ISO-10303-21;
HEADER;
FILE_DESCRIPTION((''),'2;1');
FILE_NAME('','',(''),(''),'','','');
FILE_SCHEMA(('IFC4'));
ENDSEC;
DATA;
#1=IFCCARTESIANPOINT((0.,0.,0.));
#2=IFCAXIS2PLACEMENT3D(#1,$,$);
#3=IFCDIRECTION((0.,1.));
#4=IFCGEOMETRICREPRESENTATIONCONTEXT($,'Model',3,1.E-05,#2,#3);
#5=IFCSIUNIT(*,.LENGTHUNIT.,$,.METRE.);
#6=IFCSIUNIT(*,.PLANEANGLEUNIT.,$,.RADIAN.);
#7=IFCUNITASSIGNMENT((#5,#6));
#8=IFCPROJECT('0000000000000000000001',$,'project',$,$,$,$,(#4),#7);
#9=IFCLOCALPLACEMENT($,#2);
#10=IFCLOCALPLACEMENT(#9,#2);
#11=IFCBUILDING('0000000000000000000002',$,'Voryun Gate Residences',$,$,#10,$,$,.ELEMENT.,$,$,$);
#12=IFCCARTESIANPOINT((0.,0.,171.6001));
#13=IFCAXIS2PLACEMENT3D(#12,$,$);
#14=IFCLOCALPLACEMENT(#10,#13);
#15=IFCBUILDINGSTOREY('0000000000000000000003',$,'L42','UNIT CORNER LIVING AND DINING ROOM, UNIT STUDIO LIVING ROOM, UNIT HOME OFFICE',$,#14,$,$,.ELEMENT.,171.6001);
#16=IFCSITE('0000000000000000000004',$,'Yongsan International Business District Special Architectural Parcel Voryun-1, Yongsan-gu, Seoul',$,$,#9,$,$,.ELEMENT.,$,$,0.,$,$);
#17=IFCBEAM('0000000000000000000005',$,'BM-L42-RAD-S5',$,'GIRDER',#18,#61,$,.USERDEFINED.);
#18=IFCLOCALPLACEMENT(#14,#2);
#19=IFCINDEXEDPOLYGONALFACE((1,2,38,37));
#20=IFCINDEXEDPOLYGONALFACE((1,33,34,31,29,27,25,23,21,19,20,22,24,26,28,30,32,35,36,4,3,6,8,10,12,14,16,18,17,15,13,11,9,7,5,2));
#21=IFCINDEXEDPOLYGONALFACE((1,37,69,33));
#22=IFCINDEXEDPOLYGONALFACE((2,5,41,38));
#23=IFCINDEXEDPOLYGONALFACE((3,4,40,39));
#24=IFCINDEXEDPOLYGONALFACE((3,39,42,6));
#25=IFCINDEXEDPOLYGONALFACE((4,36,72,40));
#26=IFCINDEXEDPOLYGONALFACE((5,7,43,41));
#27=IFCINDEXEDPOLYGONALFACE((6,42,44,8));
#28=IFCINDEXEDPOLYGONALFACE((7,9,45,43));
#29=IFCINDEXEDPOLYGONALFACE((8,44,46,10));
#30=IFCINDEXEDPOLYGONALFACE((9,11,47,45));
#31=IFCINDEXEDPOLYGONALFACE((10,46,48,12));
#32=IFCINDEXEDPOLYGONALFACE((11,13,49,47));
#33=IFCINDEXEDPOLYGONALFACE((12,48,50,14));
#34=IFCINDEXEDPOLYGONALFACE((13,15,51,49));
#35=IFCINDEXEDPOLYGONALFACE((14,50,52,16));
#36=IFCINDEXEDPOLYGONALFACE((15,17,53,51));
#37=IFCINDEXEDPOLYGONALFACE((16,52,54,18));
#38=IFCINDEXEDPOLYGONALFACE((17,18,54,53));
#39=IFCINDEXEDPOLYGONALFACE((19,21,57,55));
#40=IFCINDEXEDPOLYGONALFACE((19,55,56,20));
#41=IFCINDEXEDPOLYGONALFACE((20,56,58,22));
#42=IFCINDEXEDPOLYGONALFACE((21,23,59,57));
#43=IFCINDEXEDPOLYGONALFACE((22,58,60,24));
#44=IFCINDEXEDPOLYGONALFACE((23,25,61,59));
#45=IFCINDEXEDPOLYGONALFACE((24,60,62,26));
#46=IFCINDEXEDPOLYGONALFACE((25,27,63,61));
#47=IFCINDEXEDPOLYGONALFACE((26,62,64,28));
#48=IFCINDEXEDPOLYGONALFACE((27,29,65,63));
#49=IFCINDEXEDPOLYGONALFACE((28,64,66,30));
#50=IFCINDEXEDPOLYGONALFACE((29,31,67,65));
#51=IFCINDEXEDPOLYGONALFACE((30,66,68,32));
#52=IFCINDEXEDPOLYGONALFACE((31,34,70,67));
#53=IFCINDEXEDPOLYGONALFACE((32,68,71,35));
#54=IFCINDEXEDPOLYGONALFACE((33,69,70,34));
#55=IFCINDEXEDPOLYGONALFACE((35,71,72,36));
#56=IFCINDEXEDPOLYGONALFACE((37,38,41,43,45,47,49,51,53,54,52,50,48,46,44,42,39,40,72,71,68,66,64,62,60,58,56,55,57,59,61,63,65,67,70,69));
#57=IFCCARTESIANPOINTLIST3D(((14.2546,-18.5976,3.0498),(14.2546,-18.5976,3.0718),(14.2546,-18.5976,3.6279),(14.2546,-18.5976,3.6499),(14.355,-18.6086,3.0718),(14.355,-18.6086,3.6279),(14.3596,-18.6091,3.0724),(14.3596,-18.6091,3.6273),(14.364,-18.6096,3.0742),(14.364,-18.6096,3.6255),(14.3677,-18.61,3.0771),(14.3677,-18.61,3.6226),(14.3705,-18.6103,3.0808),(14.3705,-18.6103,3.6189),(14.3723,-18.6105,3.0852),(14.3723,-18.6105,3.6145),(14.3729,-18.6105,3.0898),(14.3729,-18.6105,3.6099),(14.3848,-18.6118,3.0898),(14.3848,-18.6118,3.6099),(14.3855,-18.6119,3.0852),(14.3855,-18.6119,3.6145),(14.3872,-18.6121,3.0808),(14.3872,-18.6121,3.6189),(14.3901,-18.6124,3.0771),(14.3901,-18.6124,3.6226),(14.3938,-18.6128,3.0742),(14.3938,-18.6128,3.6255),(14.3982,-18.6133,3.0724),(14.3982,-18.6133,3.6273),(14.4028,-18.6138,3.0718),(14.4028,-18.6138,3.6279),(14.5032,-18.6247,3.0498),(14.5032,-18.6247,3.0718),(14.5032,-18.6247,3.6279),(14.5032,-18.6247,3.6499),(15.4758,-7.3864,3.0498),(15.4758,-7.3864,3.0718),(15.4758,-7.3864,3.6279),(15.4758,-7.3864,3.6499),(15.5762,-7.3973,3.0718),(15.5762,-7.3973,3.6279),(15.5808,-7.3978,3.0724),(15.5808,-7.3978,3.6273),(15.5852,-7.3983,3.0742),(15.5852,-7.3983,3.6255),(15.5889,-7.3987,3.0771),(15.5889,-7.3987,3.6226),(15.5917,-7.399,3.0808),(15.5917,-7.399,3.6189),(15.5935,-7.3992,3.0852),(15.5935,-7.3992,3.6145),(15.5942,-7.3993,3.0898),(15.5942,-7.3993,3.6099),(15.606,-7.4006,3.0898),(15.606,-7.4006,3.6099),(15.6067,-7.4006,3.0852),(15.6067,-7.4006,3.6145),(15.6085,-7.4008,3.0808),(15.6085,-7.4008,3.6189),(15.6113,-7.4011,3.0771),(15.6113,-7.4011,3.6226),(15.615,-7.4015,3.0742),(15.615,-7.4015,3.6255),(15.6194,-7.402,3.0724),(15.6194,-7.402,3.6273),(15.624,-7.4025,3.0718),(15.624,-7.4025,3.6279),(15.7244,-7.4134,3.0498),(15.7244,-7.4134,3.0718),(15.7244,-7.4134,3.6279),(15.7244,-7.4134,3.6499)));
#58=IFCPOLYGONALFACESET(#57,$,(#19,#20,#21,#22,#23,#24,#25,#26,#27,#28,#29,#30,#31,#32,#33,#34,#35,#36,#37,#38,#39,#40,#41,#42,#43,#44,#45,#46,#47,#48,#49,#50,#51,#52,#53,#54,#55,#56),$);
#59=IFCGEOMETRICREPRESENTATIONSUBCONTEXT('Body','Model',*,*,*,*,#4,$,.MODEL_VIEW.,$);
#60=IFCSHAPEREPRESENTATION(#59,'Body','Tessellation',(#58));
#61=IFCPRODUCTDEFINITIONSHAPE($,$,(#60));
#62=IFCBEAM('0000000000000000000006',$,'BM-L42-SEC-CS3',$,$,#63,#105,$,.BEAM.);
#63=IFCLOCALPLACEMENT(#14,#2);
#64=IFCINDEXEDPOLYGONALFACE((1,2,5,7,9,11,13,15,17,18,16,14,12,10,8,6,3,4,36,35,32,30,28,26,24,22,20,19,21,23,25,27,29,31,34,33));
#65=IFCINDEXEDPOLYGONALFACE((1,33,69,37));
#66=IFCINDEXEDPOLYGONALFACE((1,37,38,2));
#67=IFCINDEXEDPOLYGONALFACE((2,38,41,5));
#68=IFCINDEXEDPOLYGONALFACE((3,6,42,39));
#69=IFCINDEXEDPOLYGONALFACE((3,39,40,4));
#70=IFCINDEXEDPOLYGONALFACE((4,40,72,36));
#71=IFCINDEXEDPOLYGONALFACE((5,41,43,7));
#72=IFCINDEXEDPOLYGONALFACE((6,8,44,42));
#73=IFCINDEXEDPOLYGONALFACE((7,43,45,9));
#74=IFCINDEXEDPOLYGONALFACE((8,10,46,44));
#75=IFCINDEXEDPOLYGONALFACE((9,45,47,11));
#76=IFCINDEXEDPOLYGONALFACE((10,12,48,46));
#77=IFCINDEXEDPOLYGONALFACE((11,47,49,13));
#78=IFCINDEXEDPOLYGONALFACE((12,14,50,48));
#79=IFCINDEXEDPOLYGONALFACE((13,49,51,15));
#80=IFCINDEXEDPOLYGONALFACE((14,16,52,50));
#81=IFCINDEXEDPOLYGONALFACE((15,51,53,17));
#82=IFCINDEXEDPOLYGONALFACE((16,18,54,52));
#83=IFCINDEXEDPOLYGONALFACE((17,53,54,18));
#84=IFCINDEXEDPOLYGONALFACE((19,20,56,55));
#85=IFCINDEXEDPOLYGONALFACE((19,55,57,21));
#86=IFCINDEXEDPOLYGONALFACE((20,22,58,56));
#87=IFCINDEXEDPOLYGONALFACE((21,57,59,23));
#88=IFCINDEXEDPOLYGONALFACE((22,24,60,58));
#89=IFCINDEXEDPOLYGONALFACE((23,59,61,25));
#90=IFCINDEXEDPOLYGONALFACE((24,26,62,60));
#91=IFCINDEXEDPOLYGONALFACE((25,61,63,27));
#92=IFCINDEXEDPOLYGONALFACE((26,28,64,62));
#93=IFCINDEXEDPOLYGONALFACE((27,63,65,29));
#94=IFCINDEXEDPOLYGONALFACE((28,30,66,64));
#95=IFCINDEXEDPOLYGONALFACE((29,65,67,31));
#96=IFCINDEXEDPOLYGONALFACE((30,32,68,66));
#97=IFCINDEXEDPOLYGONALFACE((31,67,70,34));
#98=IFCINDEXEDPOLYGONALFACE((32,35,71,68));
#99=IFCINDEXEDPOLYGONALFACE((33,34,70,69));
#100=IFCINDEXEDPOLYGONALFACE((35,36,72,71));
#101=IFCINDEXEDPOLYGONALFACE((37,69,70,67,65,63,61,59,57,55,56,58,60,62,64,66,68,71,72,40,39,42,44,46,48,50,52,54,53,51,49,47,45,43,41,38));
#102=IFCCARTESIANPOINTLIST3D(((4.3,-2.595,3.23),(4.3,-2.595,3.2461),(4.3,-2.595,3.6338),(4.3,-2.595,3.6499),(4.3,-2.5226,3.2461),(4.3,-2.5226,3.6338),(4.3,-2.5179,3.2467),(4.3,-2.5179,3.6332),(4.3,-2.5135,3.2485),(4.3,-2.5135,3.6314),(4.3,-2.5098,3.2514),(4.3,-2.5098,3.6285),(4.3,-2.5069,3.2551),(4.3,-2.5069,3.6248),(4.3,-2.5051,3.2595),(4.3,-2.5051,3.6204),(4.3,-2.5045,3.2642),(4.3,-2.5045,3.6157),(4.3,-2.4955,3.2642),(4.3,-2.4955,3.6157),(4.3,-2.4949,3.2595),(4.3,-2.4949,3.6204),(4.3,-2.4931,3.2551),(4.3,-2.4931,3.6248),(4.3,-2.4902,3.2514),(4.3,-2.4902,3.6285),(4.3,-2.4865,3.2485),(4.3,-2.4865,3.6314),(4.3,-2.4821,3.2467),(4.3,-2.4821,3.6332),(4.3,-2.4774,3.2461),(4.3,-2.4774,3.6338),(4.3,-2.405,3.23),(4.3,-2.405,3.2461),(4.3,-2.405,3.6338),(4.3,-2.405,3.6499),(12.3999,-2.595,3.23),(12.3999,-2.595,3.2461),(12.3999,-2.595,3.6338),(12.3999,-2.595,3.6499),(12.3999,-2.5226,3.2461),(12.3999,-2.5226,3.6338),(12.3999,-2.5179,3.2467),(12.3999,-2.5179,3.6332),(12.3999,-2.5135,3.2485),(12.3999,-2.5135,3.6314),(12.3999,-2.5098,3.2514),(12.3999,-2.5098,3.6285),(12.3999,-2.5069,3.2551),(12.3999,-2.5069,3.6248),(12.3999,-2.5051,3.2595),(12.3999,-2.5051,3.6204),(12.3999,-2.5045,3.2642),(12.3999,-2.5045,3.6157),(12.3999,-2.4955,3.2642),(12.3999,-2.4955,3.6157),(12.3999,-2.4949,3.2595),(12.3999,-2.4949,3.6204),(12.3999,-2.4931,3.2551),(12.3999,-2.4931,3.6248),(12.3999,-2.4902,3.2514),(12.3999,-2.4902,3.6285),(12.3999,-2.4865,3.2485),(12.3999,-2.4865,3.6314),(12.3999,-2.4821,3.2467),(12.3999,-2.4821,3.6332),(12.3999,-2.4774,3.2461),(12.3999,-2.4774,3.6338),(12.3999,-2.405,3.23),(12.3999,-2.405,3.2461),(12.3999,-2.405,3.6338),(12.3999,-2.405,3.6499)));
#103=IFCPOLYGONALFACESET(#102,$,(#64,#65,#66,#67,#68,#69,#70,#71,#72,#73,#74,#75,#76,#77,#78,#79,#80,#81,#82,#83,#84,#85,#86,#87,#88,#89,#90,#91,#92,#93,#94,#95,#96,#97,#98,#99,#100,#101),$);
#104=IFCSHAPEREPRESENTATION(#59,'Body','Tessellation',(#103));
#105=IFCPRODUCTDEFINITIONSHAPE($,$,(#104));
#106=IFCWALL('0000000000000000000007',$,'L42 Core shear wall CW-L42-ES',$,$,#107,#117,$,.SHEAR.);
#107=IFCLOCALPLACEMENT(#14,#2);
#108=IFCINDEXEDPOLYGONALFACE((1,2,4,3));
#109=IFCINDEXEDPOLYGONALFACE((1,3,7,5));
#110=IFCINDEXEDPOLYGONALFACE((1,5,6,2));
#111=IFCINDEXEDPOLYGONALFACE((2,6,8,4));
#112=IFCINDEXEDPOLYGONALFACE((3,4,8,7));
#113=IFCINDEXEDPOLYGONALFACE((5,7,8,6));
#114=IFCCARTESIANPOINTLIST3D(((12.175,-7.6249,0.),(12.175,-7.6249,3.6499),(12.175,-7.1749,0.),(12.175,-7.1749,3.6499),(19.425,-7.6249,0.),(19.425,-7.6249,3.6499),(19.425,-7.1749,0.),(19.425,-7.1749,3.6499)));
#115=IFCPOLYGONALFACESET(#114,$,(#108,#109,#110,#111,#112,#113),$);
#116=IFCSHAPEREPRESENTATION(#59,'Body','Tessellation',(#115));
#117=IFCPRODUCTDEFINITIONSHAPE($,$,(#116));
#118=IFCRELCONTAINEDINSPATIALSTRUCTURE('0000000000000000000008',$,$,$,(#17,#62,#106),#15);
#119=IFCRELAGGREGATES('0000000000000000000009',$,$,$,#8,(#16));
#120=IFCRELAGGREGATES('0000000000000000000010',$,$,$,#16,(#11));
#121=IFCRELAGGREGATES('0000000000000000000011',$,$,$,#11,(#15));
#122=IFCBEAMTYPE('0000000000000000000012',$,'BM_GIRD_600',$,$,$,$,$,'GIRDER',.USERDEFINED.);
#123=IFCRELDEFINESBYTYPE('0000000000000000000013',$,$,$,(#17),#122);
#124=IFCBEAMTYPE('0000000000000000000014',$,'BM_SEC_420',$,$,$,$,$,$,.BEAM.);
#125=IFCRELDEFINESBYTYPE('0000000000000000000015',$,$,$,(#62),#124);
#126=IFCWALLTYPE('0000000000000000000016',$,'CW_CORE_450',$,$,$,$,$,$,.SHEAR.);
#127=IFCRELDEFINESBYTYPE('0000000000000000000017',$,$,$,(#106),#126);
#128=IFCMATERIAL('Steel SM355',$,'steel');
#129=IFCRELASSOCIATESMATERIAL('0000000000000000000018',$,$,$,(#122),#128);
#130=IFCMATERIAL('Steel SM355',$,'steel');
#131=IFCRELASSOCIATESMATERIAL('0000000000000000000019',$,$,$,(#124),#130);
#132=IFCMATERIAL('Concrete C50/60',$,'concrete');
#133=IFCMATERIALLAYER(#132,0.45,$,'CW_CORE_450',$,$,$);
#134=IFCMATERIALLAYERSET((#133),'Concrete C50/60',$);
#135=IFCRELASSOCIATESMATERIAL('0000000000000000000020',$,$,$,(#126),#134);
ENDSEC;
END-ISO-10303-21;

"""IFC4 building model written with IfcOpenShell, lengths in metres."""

from ifc_helpers import new_model, si_unit, direction, frame, frame_2d, origin, origin_2d, place, context, subcontext, project, spatial, rectangle, i_section, extrude, material, layer, layer_set, material_profile, profile_set, type_object, element, save


model = new_model("IFC4")

# Units and contexts
model_context = context("Model", 3, precision=1e-05, world=origin(), true_north=direction((0.0, 1.0)))
body_context = subcontext(model_context, "Body", "Model", "MODEL_VIEW")
ifc_project = project(units=[si_unit("LENGTHUNIT", "METRE"), si_unit("PLANEANGLEUNIT", "RADIAN")], contexts=[model_context])

# Site, building, storey
site_placement = place(None, origin())
site = spatial("IfcSite", under=ifc_project, at=site_placement, Name="Yongsan International Business District Special Architectural Parcel Voryun-1, Yongsan-gu, Seoul", CompositionType="ELEMENT", RefElevation=0.0)
building_placement = place(site_placement, origin())
building = spatial("IfcBuilding", under=site, at=building_placement, Name="Voryun Gate Residences", CompositionType="ELEMENT")
storey_placement = place(building_placement, frame((0.0, 0.0, 171.6001)))
storey = spatial("IfcBuildingStorey", under=building, at=storey_placement, Name="L42", Description="UNIT CORNER LIVING AND DINING ROOM, UNIT STUDIO LIVING ROOM, UNIT HOME OFFICE", CompositionType="ELEMENT", Elevation=171.6001)

# Beams
ifc_material_1 = material(Name="Steel SM355", Category="steel")
ifc_material_profile_1 = material_profile(ifc_material_1, i_section(OverallWidth=0.25, OverallDepth=0.6001, WebThickness=0.012, FlangeThickness=0.022, FilletRadius=0.0181, at=origin_2d()), Name="H-600x250x12x22")
ifc_profile_set_1 = profile_set([ifc_material_profile_1], Name="Steel SM355")
beam_type_1 = type_object("IfcBeamType", Name="BM_GIRD_600", ElementType="GIRDER", PredefinedType="USERDEFINED", material=ifc_profile_set_1)
beam_1_placement = place(storey_placement, frame((15.6001, -7.3999, 3.3499), z_axis=(-0.108286, -0.99412, 0.0), x_axis=(0.99412, -0.108286, 0.0)))
element("IfcBeam", 1, at=beam_1_placement, inside=storey, type_object=beam_type_1, Name="BM-L42-RAD-S5", ObjectType="GIRDER", PredefinedType="USERDEFINED", context=body_context, shape_type="SweptSolid", body=[
    extrude(i_section(OverallWidth=0.25, OverallDepth=0.6001, WebThickness=0.012, FlangeThickness=0.022, FilletRadius=0.0181, at=origin_2d()), origin(), (0.0, 0.0, 1.0), 11.2776),
])
ifc_material_2 = material(Name="Steel SM355", Category="steel")
ifc_material_profile_2 = material_profile(ifc_material_2, i_section(OverallWidth=0.1899, OverallDepth=0.4199, WebThickness=0.009, FlangeThickness=0.0161, FilletRadius=0.0181, at=origin_2d()), Name="H-420x190x9x16")
ifc_profile_set_2 = profile_set([ifc_material_profile_2], Name="Steel SM355")
beam_type_2 = type_object("IfcBeamType", Name="BM_SEC_420", PredefinedType="BEAM", material=ifc_profile_set_2)
beam_2_placement = place(storey_placement, frame((4.3, -2.5, 3.4399), z_axis=(1.0, 0.0, 0.0), x_axis=(0.0, 1.0, 0.0)))
element("IfcBeam", 2, at=beam_2_placement, inside=storey, type_object=beam_type_2, Name="BM-L42-SEC-CS3", PredefinedType="BEAM", context=body_context, shape_type="SweptSolid", body=[
    extrude(i_section(OverallWidth=0.1899, OverallDepth=0.4199, WebThickness=0.009, FlangeThickness=0.0161, FilletRadius=0.0181, at=origin_2d()), origin(), (0.0, 0.0, 1.0), 8.0999),
])

# Wall
ifc_material_3 = material(Name="Concrete C50/60", Category="concrete")
ifc_layer_1 = layer(ifc_material_3, 0.45, Name="CW_CORE_450")
ifc_layer_set_1 = layer_set([ifc_layer_1], Name="Concrete C50/60")
wall_type_1 = type_object("IfcWallType", Name="CW_CORE_450", PredefinedType="SHEAR", material=ifc_layer_set_1)
wall_1_placement = place(storey_placement, frame((12.175, -7.3999, 0.0), z_axis=(0.0, 0.0, 1.0), x_axis=(1.0, 0.0, 0.0)))
element("IfcWall", 3, at=wall_1_placement, inside=storey, type_object=wall_type_1, Name="L42 Core shear wall CW-L42-ES", PredefinedType="SHEAR", context=body_context, shape_type="SweptSolid", body=[
    extrude(rectangle(XDim=7.25, YDim=0.45, at=frame_2d((3.625, 0.0))), origin(), (0.0, 0.0, 1.0), 3.6499),
])

save(model, "model.ifc")
